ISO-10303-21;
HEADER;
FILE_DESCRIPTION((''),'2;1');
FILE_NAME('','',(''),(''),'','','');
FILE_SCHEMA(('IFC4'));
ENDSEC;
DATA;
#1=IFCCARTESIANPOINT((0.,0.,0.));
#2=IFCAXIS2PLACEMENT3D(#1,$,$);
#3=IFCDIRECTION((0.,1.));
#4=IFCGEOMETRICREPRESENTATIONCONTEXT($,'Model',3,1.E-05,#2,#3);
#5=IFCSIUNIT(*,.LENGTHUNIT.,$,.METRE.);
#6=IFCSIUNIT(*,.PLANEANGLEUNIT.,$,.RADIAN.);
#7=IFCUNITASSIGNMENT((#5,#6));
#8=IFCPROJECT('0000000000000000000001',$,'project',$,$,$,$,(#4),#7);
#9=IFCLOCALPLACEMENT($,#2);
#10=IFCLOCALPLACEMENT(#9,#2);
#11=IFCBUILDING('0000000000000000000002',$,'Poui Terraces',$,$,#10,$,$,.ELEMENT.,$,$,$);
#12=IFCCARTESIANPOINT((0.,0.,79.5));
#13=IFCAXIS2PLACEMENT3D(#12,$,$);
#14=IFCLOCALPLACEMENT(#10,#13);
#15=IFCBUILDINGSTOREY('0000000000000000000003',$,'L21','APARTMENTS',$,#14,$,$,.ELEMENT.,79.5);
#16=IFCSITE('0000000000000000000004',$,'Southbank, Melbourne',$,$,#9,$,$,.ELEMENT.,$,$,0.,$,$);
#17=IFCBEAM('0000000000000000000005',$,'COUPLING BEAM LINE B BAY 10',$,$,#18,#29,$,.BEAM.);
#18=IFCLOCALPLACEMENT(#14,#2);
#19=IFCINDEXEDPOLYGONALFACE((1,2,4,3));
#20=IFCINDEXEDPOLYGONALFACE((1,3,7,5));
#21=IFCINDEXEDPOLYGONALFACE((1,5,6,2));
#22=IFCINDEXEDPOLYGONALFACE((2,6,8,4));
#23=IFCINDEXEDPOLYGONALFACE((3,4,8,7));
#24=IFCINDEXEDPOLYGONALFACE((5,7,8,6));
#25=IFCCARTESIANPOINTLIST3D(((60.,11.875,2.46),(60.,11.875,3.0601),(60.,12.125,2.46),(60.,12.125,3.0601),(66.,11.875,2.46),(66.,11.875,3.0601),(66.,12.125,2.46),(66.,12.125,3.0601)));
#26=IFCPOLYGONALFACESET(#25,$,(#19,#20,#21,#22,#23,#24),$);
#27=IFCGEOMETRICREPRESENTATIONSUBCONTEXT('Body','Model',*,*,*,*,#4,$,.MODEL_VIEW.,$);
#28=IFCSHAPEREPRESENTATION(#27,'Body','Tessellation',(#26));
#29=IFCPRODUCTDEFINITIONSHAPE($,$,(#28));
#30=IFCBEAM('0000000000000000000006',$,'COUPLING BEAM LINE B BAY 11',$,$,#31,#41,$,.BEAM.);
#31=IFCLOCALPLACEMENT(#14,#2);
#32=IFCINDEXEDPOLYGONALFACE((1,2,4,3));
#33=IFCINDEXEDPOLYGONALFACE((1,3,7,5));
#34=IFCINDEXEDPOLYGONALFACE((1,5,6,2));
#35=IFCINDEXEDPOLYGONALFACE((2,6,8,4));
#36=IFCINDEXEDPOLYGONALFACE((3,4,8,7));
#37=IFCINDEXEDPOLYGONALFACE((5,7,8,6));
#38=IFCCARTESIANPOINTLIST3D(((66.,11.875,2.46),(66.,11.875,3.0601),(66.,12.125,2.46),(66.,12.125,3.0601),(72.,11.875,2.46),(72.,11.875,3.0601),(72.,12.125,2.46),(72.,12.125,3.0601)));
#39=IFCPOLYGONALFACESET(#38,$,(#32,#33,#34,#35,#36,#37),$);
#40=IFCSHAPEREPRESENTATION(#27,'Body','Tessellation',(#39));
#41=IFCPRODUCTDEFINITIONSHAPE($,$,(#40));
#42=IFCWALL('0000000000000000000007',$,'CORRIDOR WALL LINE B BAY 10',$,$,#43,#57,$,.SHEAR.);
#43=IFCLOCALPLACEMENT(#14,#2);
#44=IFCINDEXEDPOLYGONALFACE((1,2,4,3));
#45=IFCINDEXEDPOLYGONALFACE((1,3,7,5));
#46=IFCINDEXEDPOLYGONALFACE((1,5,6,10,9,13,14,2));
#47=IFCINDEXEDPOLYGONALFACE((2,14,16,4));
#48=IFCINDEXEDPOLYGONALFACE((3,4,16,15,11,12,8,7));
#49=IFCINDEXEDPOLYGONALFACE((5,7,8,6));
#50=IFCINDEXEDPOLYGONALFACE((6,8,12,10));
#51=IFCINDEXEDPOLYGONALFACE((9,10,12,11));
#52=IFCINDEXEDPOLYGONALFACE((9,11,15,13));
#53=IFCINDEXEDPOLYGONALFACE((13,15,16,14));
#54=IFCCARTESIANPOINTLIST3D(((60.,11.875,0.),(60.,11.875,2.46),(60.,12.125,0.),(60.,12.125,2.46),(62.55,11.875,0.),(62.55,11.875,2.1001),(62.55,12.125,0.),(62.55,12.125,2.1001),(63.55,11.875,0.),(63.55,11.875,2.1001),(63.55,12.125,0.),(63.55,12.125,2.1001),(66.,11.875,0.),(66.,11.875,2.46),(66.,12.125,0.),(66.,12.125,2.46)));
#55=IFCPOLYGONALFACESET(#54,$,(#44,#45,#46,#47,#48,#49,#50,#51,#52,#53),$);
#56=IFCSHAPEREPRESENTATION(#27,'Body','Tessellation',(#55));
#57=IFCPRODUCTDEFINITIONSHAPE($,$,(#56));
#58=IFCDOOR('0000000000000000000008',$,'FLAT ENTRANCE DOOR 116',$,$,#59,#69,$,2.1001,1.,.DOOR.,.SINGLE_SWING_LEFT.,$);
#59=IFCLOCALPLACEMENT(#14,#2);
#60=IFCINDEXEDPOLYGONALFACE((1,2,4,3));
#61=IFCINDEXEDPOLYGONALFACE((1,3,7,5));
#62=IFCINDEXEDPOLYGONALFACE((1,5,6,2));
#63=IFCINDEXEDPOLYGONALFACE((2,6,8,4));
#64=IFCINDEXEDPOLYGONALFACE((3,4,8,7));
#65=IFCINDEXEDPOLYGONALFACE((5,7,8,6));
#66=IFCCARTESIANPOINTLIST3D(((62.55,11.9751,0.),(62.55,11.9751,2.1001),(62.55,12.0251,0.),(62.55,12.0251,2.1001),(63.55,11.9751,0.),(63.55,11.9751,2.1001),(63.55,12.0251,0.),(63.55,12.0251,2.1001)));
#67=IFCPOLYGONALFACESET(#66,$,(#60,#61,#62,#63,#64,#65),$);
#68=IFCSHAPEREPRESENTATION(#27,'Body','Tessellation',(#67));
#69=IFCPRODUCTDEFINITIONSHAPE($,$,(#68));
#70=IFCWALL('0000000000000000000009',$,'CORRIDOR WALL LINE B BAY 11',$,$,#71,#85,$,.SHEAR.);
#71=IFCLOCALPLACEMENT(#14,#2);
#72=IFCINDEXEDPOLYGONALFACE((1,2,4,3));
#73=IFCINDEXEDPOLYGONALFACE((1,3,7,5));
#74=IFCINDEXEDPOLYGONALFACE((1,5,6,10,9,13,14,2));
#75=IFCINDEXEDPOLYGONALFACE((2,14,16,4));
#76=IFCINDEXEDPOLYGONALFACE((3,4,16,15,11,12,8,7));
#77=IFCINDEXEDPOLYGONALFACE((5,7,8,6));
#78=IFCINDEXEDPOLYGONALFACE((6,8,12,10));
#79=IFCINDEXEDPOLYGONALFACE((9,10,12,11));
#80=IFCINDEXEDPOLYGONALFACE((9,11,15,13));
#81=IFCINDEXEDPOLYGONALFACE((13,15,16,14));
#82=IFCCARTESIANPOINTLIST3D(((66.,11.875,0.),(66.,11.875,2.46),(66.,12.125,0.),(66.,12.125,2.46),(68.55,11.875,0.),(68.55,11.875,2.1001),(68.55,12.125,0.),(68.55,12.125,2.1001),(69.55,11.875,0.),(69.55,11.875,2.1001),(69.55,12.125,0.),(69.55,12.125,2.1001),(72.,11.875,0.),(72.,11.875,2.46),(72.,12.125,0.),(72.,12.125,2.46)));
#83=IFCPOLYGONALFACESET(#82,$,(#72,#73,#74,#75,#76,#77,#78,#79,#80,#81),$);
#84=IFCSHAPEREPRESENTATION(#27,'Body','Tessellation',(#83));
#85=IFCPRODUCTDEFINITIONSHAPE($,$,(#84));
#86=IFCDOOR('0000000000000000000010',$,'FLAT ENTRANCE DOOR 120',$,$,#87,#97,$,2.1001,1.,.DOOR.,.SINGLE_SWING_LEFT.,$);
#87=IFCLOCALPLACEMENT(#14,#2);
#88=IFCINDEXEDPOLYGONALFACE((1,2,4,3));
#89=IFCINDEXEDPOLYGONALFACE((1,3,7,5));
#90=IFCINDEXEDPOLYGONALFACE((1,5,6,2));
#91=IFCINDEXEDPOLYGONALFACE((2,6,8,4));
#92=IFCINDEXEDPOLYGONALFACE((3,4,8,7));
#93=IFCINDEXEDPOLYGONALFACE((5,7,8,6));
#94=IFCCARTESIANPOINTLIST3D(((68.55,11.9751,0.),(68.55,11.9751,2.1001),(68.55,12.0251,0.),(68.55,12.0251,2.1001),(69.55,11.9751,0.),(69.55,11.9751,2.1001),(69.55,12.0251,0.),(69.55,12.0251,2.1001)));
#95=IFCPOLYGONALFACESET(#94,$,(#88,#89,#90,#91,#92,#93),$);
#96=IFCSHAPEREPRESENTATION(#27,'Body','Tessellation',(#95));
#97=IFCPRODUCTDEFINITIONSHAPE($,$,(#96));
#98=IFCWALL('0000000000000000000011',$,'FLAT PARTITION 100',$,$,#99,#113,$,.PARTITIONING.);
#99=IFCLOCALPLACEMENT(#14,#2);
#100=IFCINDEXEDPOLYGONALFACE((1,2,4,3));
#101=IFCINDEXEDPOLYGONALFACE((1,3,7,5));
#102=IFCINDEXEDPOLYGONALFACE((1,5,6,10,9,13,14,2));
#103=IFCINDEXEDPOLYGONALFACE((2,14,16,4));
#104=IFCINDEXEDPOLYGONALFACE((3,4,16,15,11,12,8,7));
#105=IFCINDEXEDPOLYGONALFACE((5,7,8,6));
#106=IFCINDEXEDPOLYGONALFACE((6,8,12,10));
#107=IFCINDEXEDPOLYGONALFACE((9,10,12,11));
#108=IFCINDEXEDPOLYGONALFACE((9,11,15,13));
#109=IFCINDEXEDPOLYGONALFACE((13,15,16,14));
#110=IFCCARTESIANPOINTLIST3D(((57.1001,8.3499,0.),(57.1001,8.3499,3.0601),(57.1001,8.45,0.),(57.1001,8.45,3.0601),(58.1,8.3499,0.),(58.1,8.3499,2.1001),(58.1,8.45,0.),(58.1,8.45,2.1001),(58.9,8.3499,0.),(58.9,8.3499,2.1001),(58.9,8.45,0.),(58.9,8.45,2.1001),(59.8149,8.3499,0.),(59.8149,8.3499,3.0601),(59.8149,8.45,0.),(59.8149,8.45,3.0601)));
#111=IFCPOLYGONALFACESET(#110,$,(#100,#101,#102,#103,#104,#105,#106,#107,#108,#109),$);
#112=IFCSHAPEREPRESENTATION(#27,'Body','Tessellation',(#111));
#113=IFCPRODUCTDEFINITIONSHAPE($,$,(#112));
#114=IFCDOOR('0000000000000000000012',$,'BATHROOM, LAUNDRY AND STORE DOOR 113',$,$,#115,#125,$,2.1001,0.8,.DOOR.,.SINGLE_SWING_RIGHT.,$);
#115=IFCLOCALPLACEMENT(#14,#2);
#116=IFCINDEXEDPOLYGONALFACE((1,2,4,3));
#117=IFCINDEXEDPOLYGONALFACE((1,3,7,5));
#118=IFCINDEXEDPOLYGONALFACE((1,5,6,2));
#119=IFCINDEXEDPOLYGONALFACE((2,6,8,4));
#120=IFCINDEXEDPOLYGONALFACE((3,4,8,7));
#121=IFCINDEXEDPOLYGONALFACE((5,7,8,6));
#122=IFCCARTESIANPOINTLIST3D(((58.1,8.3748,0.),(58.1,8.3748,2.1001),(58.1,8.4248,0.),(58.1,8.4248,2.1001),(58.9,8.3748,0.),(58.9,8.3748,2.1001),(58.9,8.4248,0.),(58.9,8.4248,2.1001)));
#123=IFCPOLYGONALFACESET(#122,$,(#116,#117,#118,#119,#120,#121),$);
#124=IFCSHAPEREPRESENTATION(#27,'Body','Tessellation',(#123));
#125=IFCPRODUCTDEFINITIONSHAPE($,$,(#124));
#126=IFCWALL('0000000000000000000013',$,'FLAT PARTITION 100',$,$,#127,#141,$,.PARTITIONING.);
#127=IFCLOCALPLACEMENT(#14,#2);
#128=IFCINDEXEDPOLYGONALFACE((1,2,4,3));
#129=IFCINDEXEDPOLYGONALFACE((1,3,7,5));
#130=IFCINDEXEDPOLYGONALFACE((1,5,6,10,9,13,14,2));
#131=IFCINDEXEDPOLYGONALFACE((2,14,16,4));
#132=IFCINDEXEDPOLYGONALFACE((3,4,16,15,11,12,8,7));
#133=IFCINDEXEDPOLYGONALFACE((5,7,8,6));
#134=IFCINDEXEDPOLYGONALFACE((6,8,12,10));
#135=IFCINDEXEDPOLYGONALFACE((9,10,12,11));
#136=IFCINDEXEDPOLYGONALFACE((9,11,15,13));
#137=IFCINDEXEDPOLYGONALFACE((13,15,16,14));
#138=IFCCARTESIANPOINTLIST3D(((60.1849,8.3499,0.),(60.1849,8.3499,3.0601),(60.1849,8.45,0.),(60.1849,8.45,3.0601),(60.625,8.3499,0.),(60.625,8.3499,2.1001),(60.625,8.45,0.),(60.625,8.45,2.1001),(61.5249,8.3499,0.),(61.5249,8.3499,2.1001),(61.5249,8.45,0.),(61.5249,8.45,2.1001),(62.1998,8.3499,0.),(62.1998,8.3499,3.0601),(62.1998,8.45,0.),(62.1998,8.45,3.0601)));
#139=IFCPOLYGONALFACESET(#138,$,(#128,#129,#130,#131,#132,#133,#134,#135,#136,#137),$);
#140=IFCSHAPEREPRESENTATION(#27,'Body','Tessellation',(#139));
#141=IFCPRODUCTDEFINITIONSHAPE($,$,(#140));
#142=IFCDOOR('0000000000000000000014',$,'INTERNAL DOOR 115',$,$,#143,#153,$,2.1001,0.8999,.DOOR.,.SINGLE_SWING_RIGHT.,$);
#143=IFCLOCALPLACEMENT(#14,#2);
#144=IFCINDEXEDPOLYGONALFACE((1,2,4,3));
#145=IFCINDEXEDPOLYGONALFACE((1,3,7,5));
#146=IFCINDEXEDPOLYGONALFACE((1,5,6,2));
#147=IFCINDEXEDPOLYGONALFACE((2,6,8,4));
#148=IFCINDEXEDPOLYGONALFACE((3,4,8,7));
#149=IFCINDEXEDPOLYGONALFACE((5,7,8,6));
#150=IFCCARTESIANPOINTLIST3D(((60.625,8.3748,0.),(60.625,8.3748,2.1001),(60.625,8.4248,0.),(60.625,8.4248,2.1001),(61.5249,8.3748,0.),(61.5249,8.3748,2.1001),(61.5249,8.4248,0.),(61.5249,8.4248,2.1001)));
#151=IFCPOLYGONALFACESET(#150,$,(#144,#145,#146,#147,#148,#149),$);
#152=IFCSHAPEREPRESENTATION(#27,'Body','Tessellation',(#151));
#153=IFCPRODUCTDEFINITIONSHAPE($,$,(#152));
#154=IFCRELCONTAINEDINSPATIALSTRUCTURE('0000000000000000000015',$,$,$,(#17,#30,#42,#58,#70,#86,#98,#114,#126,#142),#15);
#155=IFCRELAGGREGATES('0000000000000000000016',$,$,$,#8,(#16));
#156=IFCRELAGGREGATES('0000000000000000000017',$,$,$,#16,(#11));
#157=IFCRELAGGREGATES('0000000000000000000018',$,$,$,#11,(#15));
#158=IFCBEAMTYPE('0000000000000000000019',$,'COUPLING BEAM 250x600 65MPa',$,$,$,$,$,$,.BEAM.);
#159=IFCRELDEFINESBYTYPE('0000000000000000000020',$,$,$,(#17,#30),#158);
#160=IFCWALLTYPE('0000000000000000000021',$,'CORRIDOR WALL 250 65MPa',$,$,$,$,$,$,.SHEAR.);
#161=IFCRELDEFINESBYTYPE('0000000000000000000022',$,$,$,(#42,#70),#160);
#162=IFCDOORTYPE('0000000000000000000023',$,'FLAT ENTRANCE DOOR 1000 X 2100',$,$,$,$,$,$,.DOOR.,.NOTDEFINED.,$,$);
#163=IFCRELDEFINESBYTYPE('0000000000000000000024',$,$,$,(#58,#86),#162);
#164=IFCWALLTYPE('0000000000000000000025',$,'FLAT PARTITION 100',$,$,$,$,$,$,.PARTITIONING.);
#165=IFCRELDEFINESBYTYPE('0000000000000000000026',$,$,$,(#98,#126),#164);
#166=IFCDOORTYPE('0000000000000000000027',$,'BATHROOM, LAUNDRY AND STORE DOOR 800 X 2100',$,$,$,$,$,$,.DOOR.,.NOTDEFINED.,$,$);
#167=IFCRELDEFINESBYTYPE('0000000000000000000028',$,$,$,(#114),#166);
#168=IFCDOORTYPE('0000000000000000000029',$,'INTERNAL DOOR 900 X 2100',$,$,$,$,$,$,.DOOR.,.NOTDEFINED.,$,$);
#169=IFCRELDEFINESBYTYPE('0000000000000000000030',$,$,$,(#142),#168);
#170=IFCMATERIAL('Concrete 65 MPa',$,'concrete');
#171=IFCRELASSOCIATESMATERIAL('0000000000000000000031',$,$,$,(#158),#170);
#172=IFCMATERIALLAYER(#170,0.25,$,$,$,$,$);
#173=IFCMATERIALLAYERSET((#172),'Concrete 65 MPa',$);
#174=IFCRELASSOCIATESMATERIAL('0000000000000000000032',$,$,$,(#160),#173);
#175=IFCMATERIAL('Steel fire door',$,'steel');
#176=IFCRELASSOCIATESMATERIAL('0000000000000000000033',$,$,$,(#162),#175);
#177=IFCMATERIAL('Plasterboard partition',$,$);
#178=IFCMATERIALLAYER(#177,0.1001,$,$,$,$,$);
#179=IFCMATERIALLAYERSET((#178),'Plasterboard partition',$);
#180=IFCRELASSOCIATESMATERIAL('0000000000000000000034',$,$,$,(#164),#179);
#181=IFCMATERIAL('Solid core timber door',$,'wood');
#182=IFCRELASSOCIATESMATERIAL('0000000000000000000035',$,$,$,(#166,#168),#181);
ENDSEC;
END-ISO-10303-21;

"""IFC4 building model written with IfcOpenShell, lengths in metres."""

from ifc_helpers import new_model, si_unit, direction, frame, frame_2d, origin, origin_2d, place, context, subcontext, project, spatial, rectangle, extrude, source, transform, mapped, material, layer, layer_set, material_profile, profile_set, type_object, element, fill, save


model = new_model("IFC4")

# Units and contexts
model_context = context("Model", 3, precision=1e-05, world=origin(), true_north=direction((0.0, 1.0)))
body_context = subcontext(model_context, "Body", "Model", "MODEL_VIEW")
ifc_project = project(units=[si_unit("LENGTHUNIT", "METRE"), si_unit("PLANEANGLEUNIT", "RADIAN")], contexts=[model_context])

# Site, building, storey
site_placement = place(None, origin())
site = spatial("IfcSite", under=ifc_project, at=site_placement, Name="Southbank, Melbourne", CompositionType="ELEMENT", RefElevation=0.0)
building_placement = place(site_placement, origin())
building = spatial("IfcBuilding", under=site, at=building_placement, Name="Poui Terraces", CompositionType="ELEMENT")
storey_placement = place(building_placement, frame((0.0, 0.0, 79.5)))
storey = spatial("IfcBuildingStorey", under=building, at=storey_placement, Name="L21", Description="APARTMENTS", CompositionType="ELEMENT", Elevation=79.5)

# Beams
ifc_material_1 = material(Name="Concrete 65 MPa", Category="concrete")
ifc_material_profile = material_profile(ifc_material_1, rectangle(XDim=0.25, YDim=0.6001, at=origin_2d()), Name="RC 250x600")
ifc_profile_set = profile_set([ifc_material_profile], Name="Concrete 65 MPa")
beam_type = type_object("IfcBeamType", Name="COUPLING BEAM 250x600 65MPa", PredefinedType="BEAM", material=ifc_profile_set)
shared_shape = source(origin(), body_context, "Body", "SweptSolid", [
    extrude(rectangle(XDim=0.25, YDim=0.6001, at=origin_2d()), origin(), (0.0, 0.0, 1.0), 6.0),
])
for number, where, z_axis, x_axis, name in (
    (1, (60.0, 12.0, 2.76), (1.0, 0.0, 0.0), (0.0, 1.0, 0.0), "COUPLING BEAM LINE B BAY 10"),
    (2, (66.0, 12.0, 2.76), (1.0, 0.0, 0.0), (0.0, 1.0, 0.0), "COUPLING BEAM LINE B BAY 11"),
):
    element("IfcBeam", number, at=place(storey_placement, frame(where, z_axis=z_axis, x_axis=x_axis)), inside=storey, type_object=beam_type, Name=name, PredefinedType="BEAM", context=body_context, shape_type="MappedRepresentation", body=[
        mapped(shared_shape, transform((0.0, 0.0, 0.0))),
    ])

# Walls, openings, doors
ifc_layer_1 = layer(ifc_material_1, 0.25)
ifc_layer_set_1 = layer_set([ifc_layer_1], Name="Concrete 65 MPa")
wall_type_1 = type_object("IfcWallType", Name="CORRIDOR WALL 250 65MPa", PredefinedType="SHEAR", material=ifc_layer_set_1)
wall_1_placement = place(storey_placement, frame((60.0, 12.0, 0.0), z_axis=(0.0, 0.0, 1.0), x_axis=(1.0, 0.0, 0.0)))
wall_1 = element("IfcWall", 3, at=wall_1_placement, inside=storey, type_object=wall_type_1, Name="CORRIDOR WALL LINE B BAY 10", PredefinedType="SHEAR", context=body_context, shape_type="SweptSolid", body=[
    extrude(rectangle(XDim=6.0, YDim=0.25, at=frame_2d((3.0, 0.0))), origin(), (0.0, 0.0, 1.0), 2.46),
])
opening_1_placement = place(wall_1_placement, frame((2.55, 0.0, 0.0)))
opening_1 = element("IfcOpeningElement", 4, at=opening_1_placement, cuts=wall_1, PredefinedType="OPENING", context=body_context, shape_type="SweptSolid", body=[
    extrude(rectangle(XDim=1.0, YDim=2.1001, at=frame_2d((0.5, 1.05))), frame((0.0, 0.135, 0.0), z_axis=(0.0, -1.0, 0.0), x_axis=(1.0, 0.0, 0.0)), (0.0, 0.0, 1.0), 0.27),
])
ifc_material_2 = material(Name="Steel fire door", Category="steel")
door_type_1 = type_object("IfcDoorType", Name="FLAT ENTRANCE DOOR 1000 X 2100", OperationType="NOTDEFINED", PredefinedType="DOOR", material=ifc_material_2)
door_1_placement = place(opening_1_placement, frame((1.0, 0.0, 0.0), z_axis=(0.0, 0.0, 1.0), x_axis=(-1.0, 0.0, 0.0)))
door_1 = element("IfcDoor", 5, at=door_1_placement, inside=storey, type_object=door_type_1, Name="FLAT ENTRANCE DOOR 116", OperationType="SINGLE_SWING_LEFT", OverallHeight=2.1001, OverallWidth=1.0, PredefinedType="DOOR", context=body_context, shape_type="SweptSolid", body=[
    extrude(rectangle(XDim=1.0, YDim=2.1001, at=frame_2d((0.5, 1.05))), frame((0.0, 0.0249, 0.0), z_axis=(0.0, -1.0, 0.0), x_axis=(1.0, 0.0, 0.0)), (0.0, 0.0, 1.0), 0.05),
])
fill(opening_1, door_1)
wall_2_placement = place(storey_placement, frame((66.0, 12.0, 0.0), z_axis=(0.0, 0.0, 1.0), x_axis=(1.0, 0.0, 0.0)))
wall_2 = element("IfcWall", 6, at=wall_2_placement, inside=storey, type_object=wall_type_1, Name="CORRIDOR WALL LINE B BAY 11", PredefinedType="SHEAR", context=body_context, shape_type="SweptSolid", body=[
    extrude(rectangle(XDim=6.0, YDim=0.25, at=frame_2d((3.0, 0.0))), origin(), (0.0, 0.0, 1.0), 2.46),
])
opening_2_placement = place(wall_2_placement, frame((2.55, 0.0, 0.0)))
opening_2 = element("IfcOpeningElement", 7, at=opening_2_placement, cuts=wall_2, PredefinedType="OPENING", context=body_context, shape_type="SweptSolid", body=[
    extrude(rectangle(XDim=1.0, YDim=2.1001, at=frame_2d((0.5, 1.05))), frame((0.0, 0.135, 0.0), z_axis=(0.0, -1.0, 0.0), x_axis=(1.0, 0.0, 0.0)), (0.0, 0.0, 1.0), 0.27),
])
door_2_placement = place(opening_2_placement, frame((1.0, 0.0, 0.0), z_axis=(0.0, 0.0, 1.0), x_axis=(-1.0, 0.0, 0.0)))
door_2 = element("IfcDoor", 8, at=door_2_placement, inside=storey, type_object=door_type_1, Name="FLAT ENTRANCE DOOR 120", OperationType="SINGLE_SWING_LEFT", OverallHeight=2.1001, OverallWidth=1.0, PredefinedType="DOOR", context=body_context, shape_type="SweptSolid", body=[
    extrude(rectangle(XDim=1.0, YDim=2.1001, at=frame_2d((0.5, 1.05))), frame((0.0, 0.0249, 0.0), z_axis=(0.0, -1.0, 0.0), x_axis=(1.0, 0.0, 0.0)), (0.0, 0.0, 1.0), 0.05),
])
fill(opening_2, door_2)
ifc_material_3 = material(Name="Plasterboard partition")
ifc_layer_2 = layer(ifc_material_3, 0.1001)
ifc_layer_set_2 = layer_set([ifc_layer_2], Name="Plasterboard partition")
wall_type_2 = type_object("IfcWallType", Name="FLAT PARTITION 100", PredefinedType="PARTITIONING", material=ifc_layer_set_2)
wall_3_placement = place(storey_placement, frame((57.1001, 8.3999, 0.0), z_axis=(0.0, 0.0, 1.0), x_axis=(1.0, 0.0, 0.0)))
wall_3 = element("IfcWall", 9, at=wall_3_placement, inside=storey, type_object=wall_type_2, Name="FLAT PARTITION 100", PredefinedType="PARTITIONING", context=body_context, shape_type="SweptSolid", body=[
    extrude(rectangle(XDim=2.7148, YDim=0.1001, at=frame_2d((1.3574, 0.0))), origin(), (0.0, 0.0, 1.0), 3.0601),
])
opening_3_placement = place(wall_3_placement, frame((1.0, 0.0, 0.0)))
opening_3 = element("IfcOpeningElement", 10, at=opening_3_placement, cuts=wall_3, PredefinedType="OPENING", context=body_context, shape_type="SweptSolid", body=[
    extrude(rectangle(XDim=0.8, YDim=2.1001, at=frame_2d((0.3999, 1.05))), frame((0.0, 0.0601, 0.0), z_axis=(0.0, -1.0, 0.0), x_axis=(1.0, 0.0, 0.0)), (0.0, 0.0, 1.0), 0.1201),
])
ifc_material_4 = material(Name="Solid core timber door", Category="wood")
door_type_2 = type_object("IfcDoorType", Name="BATHROOM, LAUNDRY AND STORE DOOR 800 X 2100", OperationType="NOTDEFINED", PredefinedType="DOOR", material=ifc_material_4)
door_3_placement = place(opening_3_placement, origin())
door_3 = element("IfcDoor", 11, at=door_3_placement, inside=storey, type_object=door_type_2, Name="BATHROOM, LAUNDRY AND STORE DOOR 113", OperationType="SINGLE_SWING_RIGHT", OverallHeight=2.1001, OverallWidth=0.8, PredefinedType="DOOR", context=body_context, shape_type="SweptSolid", body=[
    extrude(rectangle(XDim=0.8, YDim=2.1001, at=frame_2d((0.3999, 1.05))), frame((0.0, 0.0249, 0.0), z_axis=(0.0, -1.0, 0.0), x_axis=(1.0, 0.0, 0.0)), (0.0, 0.0, 1.0), 0.05),
])
fill(opening_3, door_3)
wall_4_placement = place(storey_placement, frame((60.1851, 8.3999, 0.0), z_axis=(0.0, 0.0, 1.0), x_axis=(1.0, 0.0, 0.0)))
wall_4 = element("IfcWall", 12, at=wall_4_placement, inside=storey, type_object=wall_type_2, Name="FLAT PARTITION 100", PredefinedType="PARTITIONING", context=body_context, shape_type="SweptSolid", body=[
    extrude(rectangle(XDim=2.0149, YDim=0.1001, at=frame_2d((1.0073, 0.0))), origin(), (0.0, 0.0, 1.0), 3.0601),
])
opening_4_placement = place(wall_4_placement, frame((0.4399, 0.0, 0.0)))
opening_4 = element("IfcOpeningElement", 13, at=opening_4_placement, cuts=wall_4, PredefinedType="OPENING", context=body_context, shape_type="SweptSolid", body=[
    extrude(rectangle(XDim=0.8999, YDim=2.1001, at=frame_2d((0.45, 1.05))), frame((0.0, 0.0601, 0.0), z_axis=(0.0, -1.0, 0.0), x_axis=(1.0, 0.0, 0.0)), (0.0, 0.0, 1.0), 0.1201),
])
door_type_3 = type_object("IfcDoorType", Name="INTERNAL DOOR 900 X 2100", OperationType="NOTDEFINED", PredefinedType="DOOR", material=ifc_material_4)
door_4_placement = place(opening_4_placement, origin())
door_4 = element("IfcDoor", 14, at=door_4_placement, inside=storey, type_object=door_type_3, Name="INTERNAL DOOR 115", OperationType="SINGLE_SWING_RIGHT", OverallHeight=2.1001, OverallWidth=0.8999, PredefinedType="DOOR", context=body_context, shape_type="SweptSolid", body=[
    extrude(rectangle(XDim=0.8999, YDim=2.1001, at=frame_2d((0.45, 1.05))), frame((0.0, 0.0249, 0.0), z_axis=(0.0, -1.0, 0.0), x_axis=(1.0, 0.0, 0.0)), (0.0, 0.0, 1.0), 0.05),
])
fill(opening_4, door_4)

save(model, "model.ifc")
